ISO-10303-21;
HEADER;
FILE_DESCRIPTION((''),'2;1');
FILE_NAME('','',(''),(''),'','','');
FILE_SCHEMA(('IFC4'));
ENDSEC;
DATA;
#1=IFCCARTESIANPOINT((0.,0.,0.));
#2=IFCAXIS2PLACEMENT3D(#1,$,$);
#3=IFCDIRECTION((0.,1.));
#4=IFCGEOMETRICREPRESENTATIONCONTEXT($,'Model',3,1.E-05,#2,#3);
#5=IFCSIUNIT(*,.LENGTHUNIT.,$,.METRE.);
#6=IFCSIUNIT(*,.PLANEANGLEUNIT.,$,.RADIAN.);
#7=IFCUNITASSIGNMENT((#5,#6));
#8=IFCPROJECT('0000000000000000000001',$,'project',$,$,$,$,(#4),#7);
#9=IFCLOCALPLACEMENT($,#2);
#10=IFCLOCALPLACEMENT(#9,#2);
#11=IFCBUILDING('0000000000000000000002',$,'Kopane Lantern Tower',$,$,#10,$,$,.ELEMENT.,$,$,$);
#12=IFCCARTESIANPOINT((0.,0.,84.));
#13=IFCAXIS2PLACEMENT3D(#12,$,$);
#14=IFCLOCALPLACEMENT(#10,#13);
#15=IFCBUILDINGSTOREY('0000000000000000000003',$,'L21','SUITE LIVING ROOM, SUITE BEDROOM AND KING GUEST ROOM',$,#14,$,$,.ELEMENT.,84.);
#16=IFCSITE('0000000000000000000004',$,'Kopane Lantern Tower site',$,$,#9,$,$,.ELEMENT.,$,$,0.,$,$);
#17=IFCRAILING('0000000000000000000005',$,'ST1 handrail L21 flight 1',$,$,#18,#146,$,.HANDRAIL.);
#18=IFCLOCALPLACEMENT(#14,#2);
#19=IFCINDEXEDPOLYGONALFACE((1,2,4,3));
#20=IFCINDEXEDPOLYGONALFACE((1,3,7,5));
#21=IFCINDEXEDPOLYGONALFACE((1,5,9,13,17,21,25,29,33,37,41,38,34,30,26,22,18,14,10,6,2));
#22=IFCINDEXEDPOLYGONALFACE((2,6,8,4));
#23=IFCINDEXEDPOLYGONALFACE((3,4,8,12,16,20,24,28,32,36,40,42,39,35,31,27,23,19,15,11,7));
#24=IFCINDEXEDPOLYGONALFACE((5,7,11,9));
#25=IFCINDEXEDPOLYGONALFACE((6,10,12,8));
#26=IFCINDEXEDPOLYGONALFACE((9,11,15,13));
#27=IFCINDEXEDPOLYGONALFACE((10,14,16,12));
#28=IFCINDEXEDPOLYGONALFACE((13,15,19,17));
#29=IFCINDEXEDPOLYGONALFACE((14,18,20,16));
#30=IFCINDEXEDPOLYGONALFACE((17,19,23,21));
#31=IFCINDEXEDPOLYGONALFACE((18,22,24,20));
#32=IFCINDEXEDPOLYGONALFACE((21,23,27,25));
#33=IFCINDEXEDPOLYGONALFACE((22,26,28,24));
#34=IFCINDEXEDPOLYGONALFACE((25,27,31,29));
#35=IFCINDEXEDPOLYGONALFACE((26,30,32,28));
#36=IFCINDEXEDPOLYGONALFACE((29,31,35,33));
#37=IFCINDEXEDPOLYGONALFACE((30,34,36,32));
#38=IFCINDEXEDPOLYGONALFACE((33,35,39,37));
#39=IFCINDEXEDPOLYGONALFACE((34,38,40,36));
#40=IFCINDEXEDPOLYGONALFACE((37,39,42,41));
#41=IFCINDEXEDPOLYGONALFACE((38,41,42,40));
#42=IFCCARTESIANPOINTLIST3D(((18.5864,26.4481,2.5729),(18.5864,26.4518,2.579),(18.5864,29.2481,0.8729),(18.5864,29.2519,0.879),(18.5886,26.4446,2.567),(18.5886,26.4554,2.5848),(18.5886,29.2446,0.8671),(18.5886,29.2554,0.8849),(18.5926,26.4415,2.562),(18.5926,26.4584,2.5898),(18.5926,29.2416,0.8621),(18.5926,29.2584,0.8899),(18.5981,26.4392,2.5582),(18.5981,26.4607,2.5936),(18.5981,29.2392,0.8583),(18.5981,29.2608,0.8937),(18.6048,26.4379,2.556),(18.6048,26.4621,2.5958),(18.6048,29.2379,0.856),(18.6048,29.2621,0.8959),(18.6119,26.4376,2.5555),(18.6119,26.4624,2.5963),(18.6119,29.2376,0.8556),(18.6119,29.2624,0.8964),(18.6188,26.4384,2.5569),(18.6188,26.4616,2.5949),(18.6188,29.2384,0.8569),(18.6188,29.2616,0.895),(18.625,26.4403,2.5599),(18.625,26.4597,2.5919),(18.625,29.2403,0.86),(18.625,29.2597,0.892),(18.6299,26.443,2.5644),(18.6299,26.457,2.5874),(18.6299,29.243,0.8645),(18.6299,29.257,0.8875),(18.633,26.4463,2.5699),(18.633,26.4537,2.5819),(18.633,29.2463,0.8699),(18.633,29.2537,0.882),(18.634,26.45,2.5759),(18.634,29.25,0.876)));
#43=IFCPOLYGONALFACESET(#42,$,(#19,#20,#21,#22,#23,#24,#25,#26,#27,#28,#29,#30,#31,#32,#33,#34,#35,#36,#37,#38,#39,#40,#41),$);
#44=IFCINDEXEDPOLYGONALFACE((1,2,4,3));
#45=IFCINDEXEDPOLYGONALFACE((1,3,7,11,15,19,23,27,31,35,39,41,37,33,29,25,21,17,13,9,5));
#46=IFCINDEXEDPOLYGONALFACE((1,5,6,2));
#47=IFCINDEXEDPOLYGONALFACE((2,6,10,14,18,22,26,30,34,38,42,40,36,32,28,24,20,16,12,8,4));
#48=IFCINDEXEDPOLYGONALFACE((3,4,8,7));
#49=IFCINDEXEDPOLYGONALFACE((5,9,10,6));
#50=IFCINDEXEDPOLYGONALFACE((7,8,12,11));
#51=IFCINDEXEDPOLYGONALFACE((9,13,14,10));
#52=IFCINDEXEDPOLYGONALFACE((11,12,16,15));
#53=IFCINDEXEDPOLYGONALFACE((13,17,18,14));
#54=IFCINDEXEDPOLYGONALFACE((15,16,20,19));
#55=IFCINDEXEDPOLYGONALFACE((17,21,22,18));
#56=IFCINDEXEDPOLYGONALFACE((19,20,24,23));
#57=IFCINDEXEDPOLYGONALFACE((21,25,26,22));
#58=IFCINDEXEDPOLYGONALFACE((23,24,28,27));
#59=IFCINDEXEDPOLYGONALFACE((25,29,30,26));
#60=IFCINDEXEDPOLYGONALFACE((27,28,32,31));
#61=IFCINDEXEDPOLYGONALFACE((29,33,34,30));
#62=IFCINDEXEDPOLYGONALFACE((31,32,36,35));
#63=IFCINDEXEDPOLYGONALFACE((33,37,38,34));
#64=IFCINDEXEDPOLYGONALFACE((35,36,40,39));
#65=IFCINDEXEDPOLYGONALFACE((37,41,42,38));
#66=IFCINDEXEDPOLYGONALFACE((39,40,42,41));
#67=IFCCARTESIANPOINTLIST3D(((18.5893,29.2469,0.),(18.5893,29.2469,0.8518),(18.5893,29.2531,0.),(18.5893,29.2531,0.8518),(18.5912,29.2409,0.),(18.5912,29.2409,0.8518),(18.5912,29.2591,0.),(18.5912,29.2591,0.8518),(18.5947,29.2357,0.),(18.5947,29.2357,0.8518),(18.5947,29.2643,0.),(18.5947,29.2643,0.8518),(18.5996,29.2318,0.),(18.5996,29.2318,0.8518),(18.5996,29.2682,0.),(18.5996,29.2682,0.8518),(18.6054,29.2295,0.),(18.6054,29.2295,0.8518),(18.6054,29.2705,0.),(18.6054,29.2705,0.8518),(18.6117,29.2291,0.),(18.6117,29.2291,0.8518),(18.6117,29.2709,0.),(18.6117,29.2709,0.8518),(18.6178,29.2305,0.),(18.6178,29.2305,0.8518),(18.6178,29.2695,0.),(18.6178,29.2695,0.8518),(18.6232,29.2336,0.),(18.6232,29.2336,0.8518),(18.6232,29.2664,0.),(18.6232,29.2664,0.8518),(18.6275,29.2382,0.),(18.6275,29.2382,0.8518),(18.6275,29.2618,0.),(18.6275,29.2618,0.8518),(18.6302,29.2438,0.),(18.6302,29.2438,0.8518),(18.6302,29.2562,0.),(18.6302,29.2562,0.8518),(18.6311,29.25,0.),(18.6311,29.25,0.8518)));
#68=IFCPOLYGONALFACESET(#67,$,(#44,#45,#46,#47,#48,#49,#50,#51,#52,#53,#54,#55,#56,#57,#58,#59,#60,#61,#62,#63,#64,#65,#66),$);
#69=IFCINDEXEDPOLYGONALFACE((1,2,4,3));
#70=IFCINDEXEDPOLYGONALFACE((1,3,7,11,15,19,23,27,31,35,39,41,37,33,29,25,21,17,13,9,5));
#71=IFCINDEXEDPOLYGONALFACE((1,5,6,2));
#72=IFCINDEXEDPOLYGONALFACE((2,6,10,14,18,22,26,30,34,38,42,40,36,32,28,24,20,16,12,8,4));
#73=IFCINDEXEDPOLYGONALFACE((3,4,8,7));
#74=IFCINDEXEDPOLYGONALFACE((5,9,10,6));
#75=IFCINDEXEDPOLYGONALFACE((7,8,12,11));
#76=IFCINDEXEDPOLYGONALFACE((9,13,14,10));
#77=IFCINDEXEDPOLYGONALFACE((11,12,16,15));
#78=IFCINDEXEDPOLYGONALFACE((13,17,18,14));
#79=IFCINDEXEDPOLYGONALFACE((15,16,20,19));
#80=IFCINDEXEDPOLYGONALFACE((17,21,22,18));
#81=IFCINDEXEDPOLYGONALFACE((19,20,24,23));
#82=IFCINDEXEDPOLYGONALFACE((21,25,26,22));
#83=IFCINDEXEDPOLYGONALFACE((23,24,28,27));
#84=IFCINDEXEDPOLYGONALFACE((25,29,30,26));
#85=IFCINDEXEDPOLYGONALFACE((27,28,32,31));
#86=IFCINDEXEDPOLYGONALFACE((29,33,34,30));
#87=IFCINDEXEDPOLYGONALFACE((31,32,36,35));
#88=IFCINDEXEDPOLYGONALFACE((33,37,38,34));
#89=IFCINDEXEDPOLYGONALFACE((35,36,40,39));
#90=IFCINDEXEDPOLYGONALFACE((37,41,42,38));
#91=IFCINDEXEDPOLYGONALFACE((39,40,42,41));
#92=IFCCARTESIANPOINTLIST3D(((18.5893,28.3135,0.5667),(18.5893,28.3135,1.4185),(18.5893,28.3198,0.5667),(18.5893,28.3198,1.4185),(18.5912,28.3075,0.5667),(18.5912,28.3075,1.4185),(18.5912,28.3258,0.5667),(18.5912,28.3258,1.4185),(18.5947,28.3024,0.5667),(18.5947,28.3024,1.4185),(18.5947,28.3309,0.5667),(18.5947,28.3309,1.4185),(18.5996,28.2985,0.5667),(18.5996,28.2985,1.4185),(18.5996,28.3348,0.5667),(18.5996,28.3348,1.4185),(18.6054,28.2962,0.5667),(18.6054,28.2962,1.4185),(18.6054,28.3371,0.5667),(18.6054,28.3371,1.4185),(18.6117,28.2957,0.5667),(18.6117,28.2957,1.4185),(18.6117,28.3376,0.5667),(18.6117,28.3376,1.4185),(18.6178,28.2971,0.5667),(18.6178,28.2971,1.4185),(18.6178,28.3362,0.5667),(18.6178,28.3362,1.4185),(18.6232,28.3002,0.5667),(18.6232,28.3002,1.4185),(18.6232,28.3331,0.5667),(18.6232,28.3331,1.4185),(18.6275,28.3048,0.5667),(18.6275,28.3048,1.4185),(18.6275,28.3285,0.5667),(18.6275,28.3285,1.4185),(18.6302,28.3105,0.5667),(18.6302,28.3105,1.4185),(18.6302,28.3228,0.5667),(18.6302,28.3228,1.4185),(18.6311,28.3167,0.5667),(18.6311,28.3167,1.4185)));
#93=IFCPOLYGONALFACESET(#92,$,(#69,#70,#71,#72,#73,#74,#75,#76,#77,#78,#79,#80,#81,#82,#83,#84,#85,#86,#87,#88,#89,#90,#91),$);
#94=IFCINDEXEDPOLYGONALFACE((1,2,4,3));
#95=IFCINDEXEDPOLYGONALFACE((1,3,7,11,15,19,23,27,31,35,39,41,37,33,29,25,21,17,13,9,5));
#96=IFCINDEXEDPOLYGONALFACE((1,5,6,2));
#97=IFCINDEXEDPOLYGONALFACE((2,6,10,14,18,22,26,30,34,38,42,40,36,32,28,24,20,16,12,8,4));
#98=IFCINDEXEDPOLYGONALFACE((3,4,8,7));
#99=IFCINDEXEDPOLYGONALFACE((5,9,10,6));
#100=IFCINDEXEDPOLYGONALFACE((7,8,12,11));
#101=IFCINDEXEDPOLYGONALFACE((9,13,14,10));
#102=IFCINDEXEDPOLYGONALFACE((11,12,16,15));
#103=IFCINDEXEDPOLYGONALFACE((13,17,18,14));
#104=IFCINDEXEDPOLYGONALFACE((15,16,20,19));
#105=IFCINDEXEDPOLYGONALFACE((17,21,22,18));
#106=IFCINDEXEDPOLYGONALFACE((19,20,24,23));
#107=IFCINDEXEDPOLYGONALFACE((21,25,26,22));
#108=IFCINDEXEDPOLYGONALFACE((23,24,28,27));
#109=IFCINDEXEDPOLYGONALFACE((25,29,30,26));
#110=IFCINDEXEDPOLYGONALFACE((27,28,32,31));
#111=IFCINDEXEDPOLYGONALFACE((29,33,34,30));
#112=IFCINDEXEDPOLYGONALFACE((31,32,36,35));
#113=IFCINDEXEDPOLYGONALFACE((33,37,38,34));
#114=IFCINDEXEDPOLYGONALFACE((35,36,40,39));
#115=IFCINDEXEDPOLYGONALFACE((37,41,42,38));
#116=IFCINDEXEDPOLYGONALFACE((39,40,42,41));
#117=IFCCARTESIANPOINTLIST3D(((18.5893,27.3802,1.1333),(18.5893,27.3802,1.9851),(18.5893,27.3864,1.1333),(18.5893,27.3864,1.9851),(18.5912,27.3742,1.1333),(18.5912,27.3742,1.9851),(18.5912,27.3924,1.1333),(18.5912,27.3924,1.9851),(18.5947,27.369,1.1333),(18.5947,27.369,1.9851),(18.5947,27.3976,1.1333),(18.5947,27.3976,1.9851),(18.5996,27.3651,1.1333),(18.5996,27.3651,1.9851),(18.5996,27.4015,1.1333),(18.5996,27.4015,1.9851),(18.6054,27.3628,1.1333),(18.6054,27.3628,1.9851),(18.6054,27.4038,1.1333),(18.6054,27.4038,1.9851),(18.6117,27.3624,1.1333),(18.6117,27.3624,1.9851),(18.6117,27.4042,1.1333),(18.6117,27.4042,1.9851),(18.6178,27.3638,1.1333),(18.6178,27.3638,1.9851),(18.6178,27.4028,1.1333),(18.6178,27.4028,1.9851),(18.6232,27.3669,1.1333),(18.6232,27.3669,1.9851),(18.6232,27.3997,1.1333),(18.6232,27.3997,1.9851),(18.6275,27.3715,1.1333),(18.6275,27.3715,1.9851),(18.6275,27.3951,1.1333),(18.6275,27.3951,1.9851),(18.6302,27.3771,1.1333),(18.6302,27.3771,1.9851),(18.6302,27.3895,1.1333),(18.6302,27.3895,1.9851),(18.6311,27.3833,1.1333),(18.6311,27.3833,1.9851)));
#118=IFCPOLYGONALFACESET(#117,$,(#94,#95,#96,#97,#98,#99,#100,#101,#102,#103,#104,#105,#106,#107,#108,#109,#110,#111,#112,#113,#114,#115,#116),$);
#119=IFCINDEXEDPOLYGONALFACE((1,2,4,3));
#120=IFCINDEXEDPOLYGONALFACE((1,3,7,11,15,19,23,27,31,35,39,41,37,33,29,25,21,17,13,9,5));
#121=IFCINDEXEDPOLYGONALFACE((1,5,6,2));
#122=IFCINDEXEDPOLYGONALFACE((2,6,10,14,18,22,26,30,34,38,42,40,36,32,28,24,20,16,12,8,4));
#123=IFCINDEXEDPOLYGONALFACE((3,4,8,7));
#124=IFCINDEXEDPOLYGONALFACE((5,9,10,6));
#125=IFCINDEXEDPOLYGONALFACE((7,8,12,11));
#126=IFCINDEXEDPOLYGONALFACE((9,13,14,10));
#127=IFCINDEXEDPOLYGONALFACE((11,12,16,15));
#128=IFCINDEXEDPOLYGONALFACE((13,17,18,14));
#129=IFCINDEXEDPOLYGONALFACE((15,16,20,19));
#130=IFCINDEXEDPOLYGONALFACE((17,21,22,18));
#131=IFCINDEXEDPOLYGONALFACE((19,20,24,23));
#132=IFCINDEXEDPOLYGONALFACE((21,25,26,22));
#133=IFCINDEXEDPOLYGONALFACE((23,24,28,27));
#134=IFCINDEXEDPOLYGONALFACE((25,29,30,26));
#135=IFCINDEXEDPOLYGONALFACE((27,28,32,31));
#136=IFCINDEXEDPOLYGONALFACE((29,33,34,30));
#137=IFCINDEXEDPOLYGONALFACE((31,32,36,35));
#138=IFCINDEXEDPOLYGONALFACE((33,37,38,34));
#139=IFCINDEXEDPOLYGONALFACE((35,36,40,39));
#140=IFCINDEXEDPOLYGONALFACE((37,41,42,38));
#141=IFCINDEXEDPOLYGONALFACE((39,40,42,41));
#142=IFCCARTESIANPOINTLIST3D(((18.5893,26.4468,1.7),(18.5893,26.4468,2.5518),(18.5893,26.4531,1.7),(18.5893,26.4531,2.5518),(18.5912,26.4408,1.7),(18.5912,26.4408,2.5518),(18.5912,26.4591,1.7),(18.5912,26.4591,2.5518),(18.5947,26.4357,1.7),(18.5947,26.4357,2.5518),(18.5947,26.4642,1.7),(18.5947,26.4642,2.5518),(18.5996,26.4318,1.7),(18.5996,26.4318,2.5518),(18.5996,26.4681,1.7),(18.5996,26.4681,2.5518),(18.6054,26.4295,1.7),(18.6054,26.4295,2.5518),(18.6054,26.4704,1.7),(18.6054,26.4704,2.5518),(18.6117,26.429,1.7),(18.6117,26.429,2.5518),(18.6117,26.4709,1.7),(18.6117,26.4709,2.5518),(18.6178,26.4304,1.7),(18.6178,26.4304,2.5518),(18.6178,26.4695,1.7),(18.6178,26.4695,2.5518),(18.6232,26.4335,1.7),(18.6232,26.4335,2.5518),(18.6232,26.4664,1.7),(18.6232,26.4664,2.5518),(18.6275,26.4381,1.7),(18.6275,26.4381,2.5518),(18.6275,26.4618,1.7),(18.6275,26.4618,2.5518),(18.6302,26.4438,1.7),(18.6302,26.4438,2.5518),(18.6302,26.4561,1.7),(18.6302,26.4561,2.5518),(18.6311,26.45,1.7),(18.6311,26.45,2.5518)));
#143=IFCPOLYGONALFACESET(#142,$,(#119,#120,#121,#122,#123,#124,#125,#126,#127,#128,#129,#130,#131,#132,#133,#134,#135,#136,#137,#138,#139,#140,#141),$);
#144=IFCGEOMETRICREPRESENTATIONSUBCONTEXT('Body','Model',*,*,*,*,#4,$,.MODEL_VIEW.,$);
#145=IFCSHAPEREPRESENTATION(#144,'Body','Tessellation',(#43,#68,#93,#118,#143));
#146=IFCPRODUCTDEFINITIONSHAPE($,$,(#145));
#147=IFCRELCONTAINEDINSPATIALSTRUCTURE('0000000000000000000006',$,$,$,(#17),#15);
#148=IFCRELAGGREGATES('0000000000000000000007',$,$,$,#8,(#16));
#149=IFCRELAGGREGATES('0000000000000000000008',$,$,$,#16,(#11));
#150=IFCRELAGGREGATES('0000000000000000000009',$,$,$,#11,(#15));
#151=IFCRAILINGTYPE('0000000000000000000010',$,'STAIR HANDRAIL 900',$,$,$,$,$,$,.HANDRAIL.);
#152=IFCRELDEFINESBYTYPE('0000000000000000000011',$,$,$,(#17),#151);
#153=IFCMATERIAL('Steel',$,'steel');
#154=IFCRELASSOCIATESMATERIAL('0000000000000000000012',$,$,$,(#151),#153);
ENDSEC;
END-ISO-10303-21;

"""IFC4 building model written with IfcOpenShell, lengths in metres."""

from ifc_helpers import new_model, si_unit, direction, frame, origin, origin_2d, place, context, subcontext, project, spatial, circle, extrude, material, type_object, element, save


model = new_model("IFC4")

# Units and contexts
model_context = context("Model", 3, precision=1e-05, world=origin(), true_north=direction((0.0, 1.0)))
body_context = subcontext(model_context, "Body", "Model", "MODEL_VIEW")
ifc_project = project(units=[si_unit("LENGTHUNIT", "METRE"), si_unit("PLANEANGLEUNIT", "RADIAN")], contexts=[model_context])

# Site, building, storey
site_placement = place(None, origin())
site = spatial("IfcSite", under=ifc_project, at=site_placement, Name="Kopane Lantern Tower site", CompositionType="ELEMENT", RefElevation=0.0)
building_placement = place(site_placement, origin())
building = spatial("IfcBuilding", under=site, at=building_placement, Name="Kopane Lantern Tower", CompositionType="ELEMENT")
storey_placement = place(building_placement, frame((0.0, 0.0, 84.0)))
storey = spatial("IfcBuildingStorey", under=building, at=storey_placement, Name="L21", Description="SUITE LIVING ROOM, SUITE BEDROOM AND KING GUEST ROOM", CompositionType="ELEMENT", Elevation=84.0)

# Railing
ifc_material_1 = material(Name="Steel", Category="steel")
railing_type_1 = type_object("IfcRailingType", Name="STAIR HANDRAIL 900", PredefinedType="HANDRAIL", material=ifc_material_1)
for number, where, name in (
    (1, (18.6101, 29.25, 0.0), "ST1 handrail L21 flight 1"),
):
    element("IfcRailing", number, at=place(storey_placement, frame(where)), inside=storey, type_object=railing_type_1, Name=name, PredefinedType="HANDRAIL", context=body_context, shape_type="SweptSolid", body=[
        extrude(circle(Radius=0.0239, at=origin_2d()), frame((0.0, 0.0, 0.876), z_axis=(0.0, -0.854798, 0.518961), x_axis=(1.0, 0.0, 0.0)), (0.0, 0.0, 1.0), 3.2756),
        extrude(circle(Radius=0.021, at=origin_2d()), origin(), (0.0, 0.0, 1.0), 0.8518),
        extrude(circle(Radius=0.021, at=origin_2d()), frame((0.0, -0.9333, 0.5667)), (0.0, 0.0, 1.0), 0.8518),
        extrude(circle(Radius=0.021, at=origin_2d()), frame((0.0, -1.8667, 1.1333)), (0.0, 0.0, 1.0), 0.8518),
        extrude(circle(Radius=0.021, at=origin_2d()), frame((0.0, -2.8, 1.7)), (0.0, 0.0, 1.0), 0.8518),
    ])

save(model, "model.ifc")
